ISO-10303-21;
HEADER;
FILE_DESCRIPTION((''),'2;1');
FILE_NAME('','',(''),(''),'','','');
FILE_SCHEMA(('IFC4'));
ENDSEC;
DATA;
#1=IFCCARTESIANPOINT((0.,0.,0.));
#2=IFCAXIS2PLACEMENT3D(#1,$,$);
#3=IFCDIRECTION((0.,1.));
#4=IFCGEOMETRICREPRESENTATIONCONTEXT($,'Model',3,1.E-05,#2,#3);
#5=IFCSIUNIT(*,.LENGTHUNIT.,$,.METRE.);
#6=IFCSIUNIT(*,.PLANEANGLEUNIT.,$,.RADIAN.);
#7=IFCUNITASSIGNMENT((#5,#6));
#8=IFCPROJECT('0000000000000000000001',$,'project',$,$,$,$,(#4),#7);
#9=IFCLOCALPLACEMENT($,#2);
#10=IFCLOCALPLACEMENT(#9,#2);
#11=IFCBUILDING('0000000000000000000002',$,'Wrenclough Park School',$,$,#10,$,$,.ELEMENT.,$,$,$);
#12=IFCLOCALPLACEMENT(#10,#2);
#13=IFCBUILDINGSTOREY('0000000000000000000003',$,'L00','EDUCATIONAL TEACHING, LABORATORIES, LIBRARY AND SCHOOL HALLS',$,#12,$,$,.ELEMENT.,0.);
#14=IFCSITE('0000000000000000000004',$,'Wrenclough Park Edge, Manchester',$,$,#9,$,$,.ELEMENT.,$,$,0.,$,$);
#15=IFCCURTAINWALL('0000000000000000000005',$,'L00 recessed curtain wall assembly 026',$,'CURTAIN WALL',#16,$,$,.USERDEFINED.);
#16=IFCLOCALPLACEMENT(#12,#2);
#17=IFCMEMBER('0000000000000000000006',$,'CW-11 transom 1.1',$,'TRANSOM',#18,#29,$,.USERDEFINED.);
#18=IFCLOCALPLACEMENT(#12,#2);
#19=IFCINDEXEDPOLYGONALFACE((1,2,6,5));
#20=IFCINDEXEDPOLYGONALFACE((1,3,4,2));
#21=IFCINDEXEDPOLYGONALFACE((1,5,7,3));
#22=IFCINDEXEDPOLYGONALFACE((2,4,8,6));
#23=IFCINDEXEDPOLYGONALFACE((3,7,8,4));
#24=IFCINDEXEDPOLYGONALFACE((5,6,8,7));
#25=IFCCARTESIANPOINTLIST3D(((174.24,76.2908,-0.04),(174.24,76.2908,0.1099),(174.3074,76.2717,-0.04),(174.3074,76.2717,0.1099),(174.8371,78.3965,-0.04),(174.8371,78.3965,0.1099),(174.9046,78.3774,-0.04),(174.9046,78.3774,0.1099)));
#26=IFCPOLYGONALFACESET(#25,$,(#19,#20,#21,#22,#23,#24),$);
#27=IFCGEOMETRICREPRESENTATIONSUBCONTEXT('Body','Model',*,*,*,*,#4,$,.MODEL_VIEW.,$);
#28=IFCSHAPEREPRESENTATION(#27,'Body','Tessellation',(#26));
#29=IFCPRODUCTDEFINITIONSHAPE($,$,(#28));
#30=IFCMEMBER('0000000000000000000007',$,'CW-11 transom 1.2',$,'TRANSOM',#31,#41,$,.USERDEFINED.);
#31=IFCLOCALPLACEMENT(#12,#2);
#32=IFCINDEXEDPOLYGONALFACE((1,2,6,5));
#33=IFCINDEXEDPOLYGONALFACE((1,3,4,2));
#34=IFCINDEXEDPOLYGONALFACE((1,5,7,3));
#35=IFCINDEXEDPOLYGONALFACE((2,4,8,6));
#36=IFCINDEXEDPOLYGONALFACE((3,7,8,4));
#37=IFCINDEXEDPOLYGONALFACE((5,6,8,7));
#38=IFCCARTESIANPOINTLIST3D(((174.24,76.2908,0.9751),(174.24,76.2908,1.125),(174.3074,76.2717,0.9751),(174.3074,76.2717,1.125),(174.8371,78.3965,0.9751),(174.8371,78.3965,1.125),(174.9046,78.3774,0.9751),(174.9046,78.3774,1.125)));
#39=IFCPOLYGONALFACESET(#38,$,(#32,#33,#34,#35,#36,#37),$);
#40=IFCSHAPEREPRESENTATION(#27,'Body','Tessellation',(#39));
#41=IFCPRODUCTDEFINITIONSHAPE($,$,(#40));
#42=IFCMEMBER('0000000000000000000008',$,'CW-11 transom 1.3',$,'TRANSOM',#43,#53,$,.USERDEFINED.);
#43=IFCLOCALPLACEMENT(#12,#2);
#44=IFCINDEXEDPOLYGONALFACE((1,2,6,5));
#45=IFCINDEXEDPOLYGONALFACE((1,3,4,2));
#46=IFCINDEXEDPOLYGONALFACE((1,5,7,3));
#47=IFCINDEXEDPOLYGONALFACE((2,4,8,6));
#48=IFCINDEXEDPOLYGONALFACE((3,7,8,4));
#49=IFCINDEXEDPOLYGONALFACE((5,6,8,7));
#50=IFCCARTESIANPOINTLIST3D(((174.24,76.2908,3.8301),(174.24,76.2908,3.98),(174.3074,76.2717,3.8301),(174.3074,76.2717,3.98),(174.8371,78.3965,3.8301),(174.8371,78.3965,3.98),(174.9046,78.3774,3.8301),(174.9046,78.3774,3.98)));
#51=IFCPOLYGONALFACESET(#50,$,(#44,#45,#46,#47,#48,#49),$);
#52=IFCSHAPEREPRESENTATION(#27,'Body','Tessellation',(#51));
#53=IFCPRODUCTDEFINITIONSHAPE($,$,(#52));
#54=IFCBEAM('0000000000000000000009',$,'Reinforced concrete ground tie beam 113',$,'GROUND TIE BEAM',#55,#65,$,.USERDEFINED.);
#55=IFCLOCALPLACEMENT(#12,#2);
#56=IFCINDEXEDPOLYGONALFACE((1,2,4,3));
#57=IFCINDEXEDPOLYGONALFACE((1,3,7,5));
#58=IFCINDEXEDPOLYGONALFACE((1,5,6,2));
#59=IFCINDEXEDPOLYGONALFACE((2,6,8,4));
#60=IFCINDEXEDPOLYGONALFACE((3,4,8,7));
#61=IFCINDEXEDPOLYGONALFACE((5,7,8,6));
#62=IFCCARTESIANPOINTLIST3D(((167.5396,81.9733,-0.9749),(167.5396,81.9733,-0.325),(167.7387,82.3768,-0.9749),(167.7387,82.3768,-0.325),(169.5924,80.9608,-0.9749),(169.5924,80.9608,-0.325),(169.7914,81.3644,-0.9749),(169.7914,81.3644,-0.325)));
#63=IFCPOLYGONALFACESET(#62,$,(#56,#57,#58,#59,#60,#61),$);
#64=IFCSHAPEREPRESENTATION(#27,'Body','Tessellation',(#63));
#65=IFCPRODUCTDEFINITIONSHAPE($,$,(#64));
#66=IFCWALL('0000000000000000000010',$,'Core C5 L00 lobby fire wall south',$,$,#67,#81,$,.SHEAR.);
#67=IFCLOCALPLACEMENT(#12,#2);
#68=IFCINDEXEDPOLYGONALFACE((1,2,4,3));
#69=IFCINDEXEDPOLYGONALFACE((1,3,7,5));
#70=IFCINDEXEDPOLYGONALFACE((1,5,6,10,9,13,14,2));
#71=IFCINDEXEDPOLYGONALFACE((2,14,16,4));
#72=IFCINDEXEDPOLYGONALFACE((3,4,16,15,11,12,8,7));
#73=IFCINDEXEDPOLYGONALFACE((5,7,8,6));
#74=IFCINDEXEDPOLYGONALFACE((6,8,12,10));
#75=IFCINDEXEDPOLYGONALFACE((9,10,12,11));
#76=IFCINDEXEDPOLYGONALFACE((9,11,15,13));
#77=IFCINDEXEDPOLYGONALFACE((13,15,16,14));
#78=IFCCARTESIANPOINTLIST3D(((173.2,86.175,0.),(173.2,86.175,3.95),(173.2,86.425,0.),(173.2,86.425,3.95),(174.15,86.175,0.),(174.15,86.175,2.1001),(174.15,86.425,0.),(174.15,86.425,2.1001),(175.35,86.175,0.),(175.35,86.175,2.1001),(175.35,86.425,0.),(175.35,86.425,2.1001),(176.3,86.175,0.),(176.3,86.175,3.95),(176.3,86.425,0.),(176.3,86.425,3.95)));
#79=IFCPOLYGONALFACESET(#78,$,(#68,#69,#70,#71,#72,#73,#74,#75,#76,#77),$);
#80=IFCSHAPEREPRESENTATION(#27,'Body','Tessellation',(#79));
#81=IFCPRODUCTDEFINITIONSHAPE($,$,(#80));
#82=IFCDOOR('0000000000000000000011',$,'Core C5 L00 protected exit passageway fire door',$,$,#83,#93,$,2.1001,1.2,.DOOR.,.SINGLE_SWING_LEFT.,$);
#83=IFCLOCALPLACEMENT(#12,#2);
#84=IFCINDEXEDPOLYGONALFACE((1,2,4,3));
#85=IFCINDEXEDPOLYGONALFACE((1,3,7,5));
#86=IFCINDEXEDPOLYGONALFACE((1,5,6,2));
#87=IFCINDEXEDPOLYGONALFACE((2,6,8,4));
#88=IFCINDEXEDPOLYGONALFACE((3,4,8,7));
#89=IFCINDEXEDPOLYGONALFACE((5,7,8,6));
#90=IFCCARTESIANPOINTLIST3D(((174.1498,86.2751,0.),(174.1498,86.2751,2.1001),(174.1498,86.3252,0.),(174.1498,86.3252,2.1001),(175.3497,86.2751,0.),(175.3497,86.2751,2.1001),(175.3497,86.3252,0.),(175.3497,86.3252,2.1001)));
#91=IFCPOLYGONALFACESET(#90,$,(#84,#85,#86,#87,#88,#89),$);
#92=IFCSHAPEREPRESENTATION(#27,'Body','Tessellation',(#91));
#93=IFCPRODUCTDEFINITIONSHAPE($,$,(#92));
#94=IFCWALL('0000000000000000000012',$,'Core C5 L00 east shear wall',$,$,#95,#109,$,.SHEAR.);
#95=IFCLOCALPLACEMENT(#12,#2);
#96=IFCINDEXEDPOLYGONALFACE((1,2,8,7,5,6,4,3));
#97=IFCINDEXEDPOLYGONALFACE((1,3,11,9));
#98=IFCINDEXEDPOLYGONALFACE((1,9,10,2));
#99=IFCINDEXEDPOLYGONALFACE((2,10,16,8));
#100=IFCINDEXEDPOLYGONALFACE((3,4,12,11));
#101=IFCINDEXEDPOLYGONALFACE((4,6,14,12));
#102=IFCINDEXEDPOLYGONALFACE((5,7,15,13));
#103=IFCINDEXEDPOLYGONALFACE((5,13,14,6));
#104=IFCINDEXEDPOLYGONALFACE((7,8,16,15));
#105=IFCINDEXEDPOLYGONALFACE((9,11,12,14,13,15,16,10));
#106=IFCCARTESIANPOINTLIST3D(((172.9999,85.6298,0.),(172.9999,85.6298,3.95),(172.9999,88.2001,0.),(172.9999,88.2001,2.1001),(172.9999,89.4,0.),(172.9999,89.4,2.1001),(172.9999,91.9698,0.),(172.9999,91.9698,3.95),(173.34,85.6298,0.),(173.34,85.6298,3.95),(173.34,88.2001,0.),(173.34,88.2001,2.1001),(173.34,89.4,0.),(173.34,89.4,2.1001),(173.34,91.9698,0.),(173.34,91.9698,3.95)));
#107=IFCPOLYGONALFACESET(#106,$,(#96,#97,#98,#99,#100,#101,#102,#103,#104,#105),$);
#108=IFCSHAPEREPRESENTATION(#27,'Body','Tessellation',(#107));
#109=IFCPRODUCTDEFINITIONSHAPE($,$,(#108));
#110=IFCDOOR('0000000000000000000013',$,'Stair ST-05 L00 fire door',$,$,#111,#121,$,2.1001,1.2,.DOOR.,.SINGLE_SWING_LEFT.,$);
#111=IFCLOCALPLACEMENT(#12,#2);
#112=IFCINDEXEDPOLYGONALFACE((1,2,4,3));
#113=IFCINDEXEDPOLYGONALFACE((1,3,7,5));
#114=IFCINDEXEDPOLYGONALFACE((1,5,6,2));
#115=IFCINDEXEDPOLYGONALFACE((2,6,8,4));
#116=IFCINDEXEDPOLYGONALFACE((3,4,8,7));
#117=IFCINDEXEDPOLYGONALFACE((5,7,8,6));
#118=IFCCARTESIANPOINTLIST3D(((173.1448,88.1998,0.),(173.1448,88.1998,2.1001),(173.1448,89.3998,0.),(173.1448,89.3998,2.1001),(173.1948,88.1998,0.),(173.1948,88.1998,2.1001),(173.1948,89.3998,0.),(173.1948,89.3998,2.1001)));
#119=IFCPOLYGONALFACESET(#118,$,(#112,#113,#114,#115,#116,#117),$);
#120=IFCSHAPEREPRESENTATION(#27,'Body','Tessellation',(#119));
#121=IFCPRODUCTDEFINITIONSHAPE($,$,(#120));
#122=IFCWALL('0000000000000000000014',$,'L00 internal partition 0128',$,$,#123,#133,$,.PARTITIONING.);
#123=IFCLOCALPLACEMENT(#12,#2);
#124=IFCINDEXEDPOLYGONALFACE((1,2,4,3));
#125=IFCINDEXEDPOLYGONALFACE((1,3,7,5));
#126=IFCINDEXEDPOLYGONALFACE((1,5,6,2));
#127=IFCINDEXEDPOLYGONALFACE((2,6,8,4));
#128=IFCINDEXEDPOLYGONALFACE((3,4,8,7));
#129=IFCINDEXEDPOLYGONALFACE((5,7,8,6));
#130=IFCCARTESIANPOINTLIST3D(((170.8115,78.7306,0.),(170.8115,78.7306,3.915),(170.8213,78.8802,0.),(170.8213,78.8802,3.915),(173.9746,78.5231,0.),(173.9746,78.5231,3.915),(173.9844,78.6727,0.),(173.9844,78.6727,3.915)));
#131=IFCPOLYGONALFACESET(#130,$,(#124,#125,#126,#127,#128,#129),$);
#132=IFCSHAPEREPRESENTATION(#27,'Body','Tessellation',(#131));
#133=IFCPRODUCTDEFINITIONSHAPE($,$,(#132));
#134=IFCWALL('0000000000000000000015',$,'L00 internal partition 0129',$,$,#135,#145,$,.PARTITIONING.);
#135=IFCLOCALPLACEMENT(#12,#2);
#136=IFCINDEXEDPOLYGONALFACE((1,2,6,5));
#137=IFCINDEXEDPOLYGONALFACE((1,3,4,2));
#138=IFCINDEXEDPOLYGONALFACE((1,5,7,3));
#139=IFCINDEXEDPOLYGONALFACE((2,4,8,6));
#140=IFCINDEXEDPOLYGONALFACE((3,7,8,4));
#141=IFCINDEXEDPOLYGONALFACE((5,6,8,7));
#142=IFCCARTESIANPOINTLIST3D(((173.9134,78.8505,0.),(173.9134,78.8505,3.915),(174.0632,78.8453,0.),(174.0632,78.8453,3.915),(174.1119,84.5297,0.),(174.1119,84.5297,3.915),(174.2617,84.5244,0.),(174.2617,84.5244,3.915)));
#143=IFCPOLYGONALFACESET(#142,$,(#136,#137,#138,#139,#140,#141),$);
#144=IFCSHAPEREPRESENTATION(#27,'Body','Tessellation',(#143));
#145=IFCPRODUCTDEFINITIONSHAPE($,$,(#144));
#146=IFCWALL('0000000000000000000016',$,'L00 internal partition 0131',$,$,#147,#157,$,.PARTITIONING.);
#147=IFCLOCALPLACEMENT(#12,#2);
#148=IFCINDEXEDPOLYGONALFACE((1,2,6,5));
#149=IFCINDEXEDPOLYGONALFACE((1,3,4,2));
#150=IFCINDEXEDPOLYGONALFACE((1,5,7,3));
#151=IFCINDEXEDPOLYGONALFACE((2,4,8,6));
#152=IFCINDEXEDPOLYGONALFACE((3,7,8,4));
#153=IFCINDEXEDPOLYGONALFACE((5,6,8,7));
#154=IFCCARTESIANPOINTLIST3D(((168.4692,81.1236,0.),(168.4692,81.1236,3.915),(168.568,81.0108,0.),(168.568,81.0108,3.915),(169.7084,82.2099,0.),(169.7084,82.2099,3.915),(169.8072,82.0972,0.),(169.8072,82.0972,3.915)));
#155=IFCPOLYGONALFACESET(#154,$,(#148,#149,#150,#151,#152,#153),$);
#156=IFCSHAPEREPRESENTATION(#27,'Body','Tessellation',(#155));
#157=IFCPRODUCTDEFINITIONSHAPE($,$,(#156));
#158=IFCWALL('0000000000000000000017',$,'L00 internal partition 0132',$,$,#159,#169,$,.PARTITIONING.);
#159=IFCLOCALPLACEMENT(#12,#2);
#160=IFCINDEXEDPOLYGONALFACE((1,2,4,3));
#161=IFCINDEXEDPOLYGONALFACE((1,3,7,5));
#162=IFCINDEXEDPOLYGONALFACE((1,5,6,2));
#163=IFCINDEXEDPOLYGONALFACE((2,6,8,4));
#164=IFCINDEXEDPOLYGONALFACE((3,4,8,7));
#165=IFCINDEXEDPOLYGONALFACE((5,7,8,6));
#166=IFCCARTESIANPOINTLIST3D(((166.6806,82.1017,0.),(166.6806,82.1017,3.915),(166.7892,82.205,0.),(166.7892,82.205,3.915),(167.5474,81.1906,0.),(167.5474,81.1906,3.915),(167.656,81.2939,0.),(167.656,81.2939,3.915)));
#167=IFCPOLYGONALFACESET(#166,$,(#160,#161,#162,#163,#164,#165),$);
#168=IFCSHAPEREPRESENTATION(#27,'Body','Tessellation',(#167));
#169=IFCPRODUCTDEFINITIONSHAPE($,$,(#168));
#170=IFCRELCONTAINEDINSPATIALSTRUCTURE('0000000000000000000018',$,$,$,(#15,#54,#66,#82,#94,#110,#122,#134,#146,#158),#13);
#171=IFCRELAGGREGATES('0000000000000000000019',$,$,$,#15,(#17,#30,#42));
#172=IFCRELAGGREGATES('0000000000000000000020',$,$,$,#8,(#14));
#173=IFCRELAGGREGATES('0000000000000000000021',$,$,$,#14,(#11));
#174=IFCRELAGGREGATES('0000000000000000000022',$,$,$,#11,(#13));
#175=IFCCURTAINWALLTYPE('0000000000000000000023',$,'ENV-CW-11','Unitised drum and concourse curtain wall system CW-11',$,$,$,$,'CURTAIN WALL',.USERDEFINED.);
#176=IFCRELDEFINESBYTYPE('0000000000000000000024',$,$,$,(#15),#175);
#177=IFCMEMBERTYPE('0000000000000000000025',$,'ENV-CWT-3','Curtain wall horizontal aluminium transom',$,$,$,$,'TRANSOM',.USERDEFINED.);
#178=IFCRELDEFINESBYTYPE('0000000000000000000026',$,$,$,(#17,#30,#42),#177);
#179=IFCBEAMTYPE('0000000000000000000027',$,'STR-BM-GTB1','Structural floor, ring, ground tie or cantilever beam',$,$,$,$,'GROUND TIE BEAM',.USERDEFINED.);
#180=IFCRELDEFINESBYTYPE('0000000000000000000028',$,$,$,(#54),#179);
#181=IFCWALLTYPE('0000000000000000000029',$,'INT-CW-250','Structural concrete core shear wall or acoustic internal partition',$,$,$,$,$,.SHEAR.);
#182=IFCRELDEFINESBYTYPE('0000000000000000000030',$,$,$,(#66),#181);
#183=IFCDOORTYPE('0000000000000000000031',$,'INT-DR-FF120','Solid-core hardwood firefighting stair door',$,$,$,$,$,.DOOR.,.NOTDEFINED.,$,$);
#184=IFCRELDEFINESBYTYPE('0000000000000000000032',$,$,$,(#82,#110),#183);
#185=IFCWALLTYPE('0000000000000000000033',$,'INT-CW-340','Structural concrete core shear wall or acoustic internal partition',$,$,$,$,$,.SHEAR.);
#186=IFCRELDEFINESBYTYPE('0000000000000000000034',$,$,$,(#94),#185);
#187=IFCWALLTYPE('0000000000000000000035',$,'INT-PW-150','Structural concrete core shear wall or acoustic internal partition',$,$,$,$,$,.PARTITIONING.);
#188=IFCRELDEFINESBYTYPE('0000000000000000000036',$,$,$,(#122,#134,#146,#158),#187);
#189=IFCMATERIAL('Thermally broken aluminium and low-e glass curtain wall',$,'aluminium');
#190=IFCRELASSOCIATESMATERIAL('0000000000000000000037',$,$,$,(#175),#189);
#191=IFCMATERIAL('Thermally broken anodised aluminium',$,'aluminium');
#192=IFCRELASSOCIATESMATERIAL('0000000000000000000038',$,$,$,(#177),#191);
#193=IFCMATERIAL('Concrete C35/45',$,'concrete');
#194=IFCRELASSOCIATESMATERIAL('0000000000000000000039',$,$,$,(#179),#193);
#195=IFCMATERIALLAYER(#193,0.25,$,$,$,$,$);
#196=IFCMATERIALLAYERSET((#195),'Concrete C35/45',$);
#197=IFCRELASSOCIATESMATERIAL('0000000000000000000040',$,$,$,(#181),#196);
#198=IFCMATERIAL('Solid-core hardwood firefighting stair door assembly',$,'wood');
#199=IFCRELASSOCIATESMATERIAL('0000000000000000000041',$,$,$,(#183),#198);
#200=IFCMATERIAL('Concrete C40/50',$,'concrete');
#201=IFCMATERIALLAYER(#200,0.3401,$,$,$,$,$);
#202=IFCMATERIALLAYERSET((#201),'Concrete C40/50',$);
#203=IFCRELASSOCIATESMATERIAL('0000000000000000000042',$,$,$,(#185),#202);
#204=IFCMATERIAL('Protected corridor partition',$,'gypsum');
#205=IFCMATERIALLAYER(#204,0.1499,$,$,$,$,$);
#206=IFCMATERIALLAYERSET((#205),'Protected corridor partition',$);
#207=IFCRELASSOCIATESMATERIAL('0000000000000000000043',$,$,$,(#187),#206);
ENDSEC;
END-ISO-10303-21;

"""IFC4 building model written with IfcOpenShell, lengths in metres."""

from ifc_helpers import new_model, si_unit, direction, frame, frame_2d, origin, origin_2d, place, context, subcontext, project, spatial, rectangle, extrude, material, layer, layer_set, material_profile, profile_set, type_object, element, fill, aggregate, save


model = new_model("IFC4")

# Units and contexts
model_context = context("Model", 3, precision=1e-05, world=origin(), true_north=direction((0.0, 1.0)))
body_context = subcontext(model_context, "Body", "Model", "MODEL_VIEW")
ifc_project = project(units=[si_unit("LENGTHUNIT", "METRE"), si_unit("PLANEANGLEUNIT", "RADIAN")], contexts=[model_context])

# Site, building, storey
site_placement = place(None, origin())
site = spatial("IfcSite", under=ifc_project, at=site_placement, Name="Wrenclough Park Edge, Manchester", CompositionType="ELEMENT", RefElevation=0.0)
building_placement = place(site_placement, origin())
building = spatial("IfcBuilding", under=site, at=building_placement, Name="Wrenclough Park School", CompositionType="ELEMENT")
storey_placement = place(building_placement, origin())
storey = spatial("IfcBuildingStorey", under=building, at=storey_placement, Name="L00", Description="EDUCATIONAL TEACHING, LABORATORIES, LIBRARY AND SCHOOL HALLS", CompositionType="ELEMENT", Elevation=0.0)

# Shared definitions
ifc_material_1 = material(Name="Concrete C35/45", Category="concrete")

# Shared definitions
ifc_material_2 = material(Name="Concrete C40/50", Category="concrete")

# Curtain wall, members
ifc_material_3 = material(Name="Thermally broken aluminium and low-e glass curtain wall", Category="aluminium")
curtain_wall_type = type_object("IfcCurtainWallType", Name="ENV-CW-11", Description="Unitised drum and concourse curtain wall system CW-11", ElementType="CURTAIN WALL", PredefinedType="USERDEFINED", material=ifc_material_3)
curtain_wall_placement = place(storey_placement, origin())
curtain_wall = element("IfcCurtainWall", 1, at=curtain_wall_placement, inside=storey, type_object=curtain_wall_type, Name="L00 recessed curtain wall assembly 026", ObjectType="CURTAIN WALL", PredefinedType="USERDEFINED")
ifc_material_4 = material(Name="Thermally broken anodised aluminium", Category="aluminium")
ifc_material_profile_1 = material_profile(ifc_material_4, rectangle(XDim=0.0701, YDim=0.1499, at=origin_2d()), Name="AL TRANSOM 70x150")
ifc_profile_set_1 = profile_set([ifc_material_profile_1], Name="Thermally broken anodised aluminium")
member_type_1 = type_object("IfcMemberType", Name="ENV-CWT-3", Description="Curtain wall horizontal aluminium transom", ElementType="TRANSOM", PredefinedType="USERDEFINED", material=ifc_profile_set_1)
member_1_placement = place(storey_placement, frame((174.8708, 78.387, 0.0349), z_axis=(-0.272835, -0.962061, 0.0), x_axis=(0.962061, -0.272835, 0.0)))
member_1 = element("IfcMember", 2, at=member_1_placement, type_object=member_type_1, Name="CW-11 transom 1.1", ObjectType="TRANSOM", PredefinedType="USERDEFINED", context=body_context, shape_type="SweptSolid", body=[
    extrude(rectangle(XDim=0.0701, YDim=0.1499, at=origin_2d()), origin(), (0.0, 0.0, 1.0), 2.1887),
])
member_2_placement = place(storey_placement, frame((174.8708, 78.387, 1.05), z_axis=(-0.272835, -0.962061, 0.0), x_axis=(0.962061, -0.272835, 0.0)))
member_2 = element("IfcMember", 3, at=member_2_placement, type_object=member_type_1, Name="CW-11 transom 1.2", ObjectType="TRANSOM", PredefinedType="USERDEFINED", context=body_context, shape_type="SweptSolid", body=[
    extrude(rectangle(XDim=0.0701, YDim=0.1499, at=origin_2d()), origin(), (0.0, 0.0, 1.0), 2.1887),
])
member_3_placement = place(storey_placement, frame((174.8708, 78.387, 3.905), z_axis=(-0.272835, -0.962061, 0.0), x_axis=(0.962061, -0.272835, 0.0)))
member_3 = element("IfcMember", 4, at=member_3_placement, type_object=member_type_1, Name="CW-11 transom 1.3", ObjectType="TRANSOM", PredefinedType="USERDEFINED", context=body_context, shape_type="SweptSolid", body=[
    extrude(rectangle(XDim=0.0701, YDim=0.1499, at=origin_2d()), origin(), (0.0, 0.0, 1.0), 2.1887),
])
aggregate(curtain_wall, [member_1, member_2, member_3])

# Beam
ifc_material_profile_2 = material_profile(ifc_material_1, rectangle(XDim=0.45, YDim=0.6499, at=origin_2d()), Name="RC GROUND 450x650")
ifc_profile_set_2 = profile_set([ifc_material_profile_2], Name="Concrete C35/45")
beam_type = type_object("IfcBeamType", Name="STR-BM-GTB1", Description="Structural floor, ring, ground tie or cantilever beam", ElementType="GROUND TIE BEAM", PredefinedType="USERDEFINED", material=ifc_profile_set_2)
beam_placement = place(storey_placement, frame((167.6392, 82.175, -0.6499), z_axis=(0.896846, -0.442343, 0.0), x_axis=(0.442343, 0.896846, 0.0)))
element("IfcBeam", 5, at=beam_placement, inside=storey, type_object=beam_type, Name="Reinforced concrete ground tie beam 113", ObjectType="GROUND TIE BEAM", PredefinedType="USERDEFINED", context=body_context, shape_type="SweptSolid", body=[
    extrude(rectangle(XDim=0.45, YDim=0.6499, at=origin_2d()), origin(), (0.0, 0.0, 1.0), 2.2888),
])

# Walls, openings, doors
ifc_layer_1 = layer(ifc_material_1, 0.25)
ifc_layer_set_1 = layer_set([ifc_layer_1], Name="Concrete C35/45")
wall_type_1 = type_object("IfcWallType", Name="INT-CW-250", Description="Structural concrete core shear wall or acoustic internal partition", PredefinedType="SHEAR", material=ifc_layer_set_1)
wall_1_placement = place(storey_placement, frame((173.2, 86.3, 0.0), z_axis=(0.0, 0.0, 1.0), x_axis=(1.0, 0.0, 0.0)))
wall_1 = element("IfcWall", 6, at=wall_1_placement, inside=storey, type_object=wall_type_1, Name="Core C5 L00 lobby fire wall south", PredefinedType="SHEAR", context=body_context, shape_type="SweptSolid", body=[
    extrude(rectangle(XDim=3.1001, YDim=0.25, at=frame_2d((1.55, 0.0))), origin(), (0.0, 0.0, 1.0), 3.95),
])
opening_1_placement = place(wall_1_placement, frame((0.95, 0.0, 0.0)))
opening_1 = element("IfcOpeningElement", 7, at=opening_1_placement, cuts=wall_1, PredefinedType="OPENING", context=body_context, shape_type="SweptSolid", body=[
    extrude(rectangle(XDim=1.2, YDim=2.1001, at=frame_2d((0.6001, 1.05))), frame((0.0, 0.135, 0.0), z_axis=(0.0, -1.0, 0.0), x_axis=(1.0, 0.0, 0.0)), (0.0, 0.0, 1.0), 0.27),
])
ifc_material_5 = material(Name="Solid-core hardwood firefighting stair door assembly", Category="wood")
door_type_1 = type_object("IfcDoorType", Name="INT-DR-FF120", Description="Solid-core hardwood firefighting stair door", OperationType="NOTDEFINED", PredefinedType="DOOR", material=ifc_material_5)
door_1_placement = place(opening_1_placement, frame((1.2, 0.0, 0.0), z_axis=(0.0, 0.0, 1.0), x_axis=(-1.0, 0.0, 0.0)))
door_1 = element("IfcDoor", 8, at=door_1_placement, inside=storey, type_object=door_type_1, Name="Core C5 L00 protected exit passageway fire door", OperationType="SINGLE_SWING_LEFT", OverallHeight=2.1001, OverallWidth=1.2, PredefinedType="DOOR", context=body_context, shape_type="SweptSolid", body=[
    extrude(rectangle(XDim=1.2, YDim=2.1001, at=frame_2d((0.6001, 1.05))), frame((0.0, 0.0249, 0.0), z_axis=(0.0, -1.0, 0.0), x_axis=(1.0, 0.0, 0.0)), (0.0, 0.0, 1.0), 0.05),
])
fill(opening_1, door_1)
ifc_layer_2 = layer(ifc_material_2, 0.3401)
ifc_layer_set_2 = layer_set([ifc_layer_2], Name="Concrete C40/50")
wall_type_2 = type_object("IfcWallType", Name="INT-CW-340", Description="Structural concrete core shear wall or acoustic internal partition", PredefinedType="SHEAR", material=ifc_layer_set_2)
wall_2_placement = place(storey_placement, frame((173.1699, 85.6299, 0.0), z_axis=(0.0, 0.0, 1.0), x_axis=(0.0, 1.0, 0.0)))
wall_2 = element("IfcWall", 9, at=wall_2_placement, inside=storey, type_object=wall_type_2, Name="Core C5 L00 east shear wall", PredefinedType="SHEAR", context=body_context, shape_type="SweptSolid", body=[
    extrude(rectangle(XDim=6.3401, YDim=0.3401, at=frame_2d((3.1699, 0.0))), origin(), (0.0, 0.0, 1.0), 3.95),
])
opening_2_placement = place(wall_2_placement, frame((2.5701, 0.0, 0.0)))
opening_2 = element("IfcOpeningElement", 10, at=opening_2_placement, cuts=wall_2, PredefinedType="OPENING", context=body_context, shape_type="SweptSolid", body=[
    extrude(rectangle(XDim=1.2, YDim=2.1001, at=frame_2d((0.6001, 1.05))), frame((0.0, 0.1799, 0.0), z_axis=(0.0, -1.0, 0.0), x_axis=(1.0, 0.0, 0.0)), (0.0, 0.0, 1.0), 0.3601),
])
door_2_placement = place(opening_2_placement, frame((1.2, 0.0, 0.0), z_axis=(0.0, 0.0, 1.0), x_axis=(-1.0, 0.0, 0.0)))
door_2 = element("IfcDoor", 11, at=door_2_placement, inside=storey, type_object=door_type_1, Name="Stair ST-05 L00 fire door", OperationType="SINGLE_SWING_LEFT", OverallHeight=2.1001, OverallWidth=1.2, PredefinedType="DOOR", context=body_context, shape_type="SweptSolid", body=[
    extrude(rectangle(XDim=1.2, YDim=2.1001, at=frame_2d((0.6001, 1.05))), frame((0.0, 0.0249, 0.0), z_axis=(0.0, -1.0, 0.0), x_axis=(1.0, 0.0, 0.0)), (0.0, 0.0, 1.0), 0.05),
])
fill(opening_2, door_2)

# Walls
ifc_material_6 = material(Name="Protected corridor partition", Category="gypsum")
ifc_layer_3 = layer(ifc_material_6, 0.1499)
ifc_layer_set_3 = layer_set([ifc_layer_3], Name="Protected corridor partition")
wall_type_3 = type_object("IfcWallType", Name="INT-PW-150", Description="Structural concrete core shear wall or acoustic internal partition", PredefinedType="PARTITIONING", material=ifc_layer_set_3)
wall_3_placement = place(storey_placement, frame((170.8164, 78.8054, 0.0), z_axis=(0.0, 0.0, 1.0), x_axis=(0.997855, -0.065466, 0.0)))
element("IfcWall", 12, at=wall_3_placement, inside=storey, type_object=wall_type_3, Name="L00 internal partition 0128", PredefinedType="PARTITIONING", context=body_context, shape_type="SweptSolid", body=[
    extrude(rectangle(XDim=3.1699, YDim=0.1499, at=frame_2d((1.585, 0.0))), origin(), (0.0, 0.0, 1.0), 3.915),
])
wall_4_placement = place(storey_placement, frame((173.9883, 78.8479, 0.0), z_axis=(0.0, 0.0, 1.0), x_axis=(0.034928, 0.99939, 0.0)))
element("IfcWall", 13, at=wall_4_placement, inside=storey, type_object=wall_type_3, Name="L00 internal partition 0129", PredefinedType="PARTITIONING", context=body_context, shape_type="SweptSolid", body=[
    extrude(rectangle(XDim=5.6826, YDim=0.1499, at=frame_2d((2.8413, 0.0))), origin(), (0.0, 0.0, 1.0), 3.915),
])

# Walls
wall_5_placement = place(storey_placement, frame((169.7578, 82.1536, 0.0), z_axis=(0.0, 0.0, 1.0), x_axis=(-0.751952, -0.659217, 0.0)))
element("IfcWall", 14, at=wall_5_placement, inside=storey, type_object=wall_type_3, Name="L00 internal partition 0131", PredefinedType="PARTITIONING", context=body_context, shape_type="SweptSolid", body=[
    extrude(rectangle(XDim=1.6479, YDim=0.1499, at=frame_2d((0.824, 0.0))), origin(), (0.0, 0.0, 1.0), 3.915),
])
wall_6_placement = place(storey_placement, frame((167.6018, 81.2422, 0.0), z_axis=(0.0, 0.0, 1.0), x_axis=(-0.689321, 0.724456, 0.0)))
element("IfcWall", 15, at=wall_6_placement, inside=storey, type_object=wall_type_3, Name="L00 internal partition 0132", PredefinedType="PARTITIONING", context=body_context, shape_type="SweptSolid", body=[
    extrude(rectangle(XDim=1.2576, YDim=0.1499, at=frame_2d((0.6289, 0.0))), origin(), (0.0, 0.0, 1.0), 3.915),
])

save(model, "model.ifc")
